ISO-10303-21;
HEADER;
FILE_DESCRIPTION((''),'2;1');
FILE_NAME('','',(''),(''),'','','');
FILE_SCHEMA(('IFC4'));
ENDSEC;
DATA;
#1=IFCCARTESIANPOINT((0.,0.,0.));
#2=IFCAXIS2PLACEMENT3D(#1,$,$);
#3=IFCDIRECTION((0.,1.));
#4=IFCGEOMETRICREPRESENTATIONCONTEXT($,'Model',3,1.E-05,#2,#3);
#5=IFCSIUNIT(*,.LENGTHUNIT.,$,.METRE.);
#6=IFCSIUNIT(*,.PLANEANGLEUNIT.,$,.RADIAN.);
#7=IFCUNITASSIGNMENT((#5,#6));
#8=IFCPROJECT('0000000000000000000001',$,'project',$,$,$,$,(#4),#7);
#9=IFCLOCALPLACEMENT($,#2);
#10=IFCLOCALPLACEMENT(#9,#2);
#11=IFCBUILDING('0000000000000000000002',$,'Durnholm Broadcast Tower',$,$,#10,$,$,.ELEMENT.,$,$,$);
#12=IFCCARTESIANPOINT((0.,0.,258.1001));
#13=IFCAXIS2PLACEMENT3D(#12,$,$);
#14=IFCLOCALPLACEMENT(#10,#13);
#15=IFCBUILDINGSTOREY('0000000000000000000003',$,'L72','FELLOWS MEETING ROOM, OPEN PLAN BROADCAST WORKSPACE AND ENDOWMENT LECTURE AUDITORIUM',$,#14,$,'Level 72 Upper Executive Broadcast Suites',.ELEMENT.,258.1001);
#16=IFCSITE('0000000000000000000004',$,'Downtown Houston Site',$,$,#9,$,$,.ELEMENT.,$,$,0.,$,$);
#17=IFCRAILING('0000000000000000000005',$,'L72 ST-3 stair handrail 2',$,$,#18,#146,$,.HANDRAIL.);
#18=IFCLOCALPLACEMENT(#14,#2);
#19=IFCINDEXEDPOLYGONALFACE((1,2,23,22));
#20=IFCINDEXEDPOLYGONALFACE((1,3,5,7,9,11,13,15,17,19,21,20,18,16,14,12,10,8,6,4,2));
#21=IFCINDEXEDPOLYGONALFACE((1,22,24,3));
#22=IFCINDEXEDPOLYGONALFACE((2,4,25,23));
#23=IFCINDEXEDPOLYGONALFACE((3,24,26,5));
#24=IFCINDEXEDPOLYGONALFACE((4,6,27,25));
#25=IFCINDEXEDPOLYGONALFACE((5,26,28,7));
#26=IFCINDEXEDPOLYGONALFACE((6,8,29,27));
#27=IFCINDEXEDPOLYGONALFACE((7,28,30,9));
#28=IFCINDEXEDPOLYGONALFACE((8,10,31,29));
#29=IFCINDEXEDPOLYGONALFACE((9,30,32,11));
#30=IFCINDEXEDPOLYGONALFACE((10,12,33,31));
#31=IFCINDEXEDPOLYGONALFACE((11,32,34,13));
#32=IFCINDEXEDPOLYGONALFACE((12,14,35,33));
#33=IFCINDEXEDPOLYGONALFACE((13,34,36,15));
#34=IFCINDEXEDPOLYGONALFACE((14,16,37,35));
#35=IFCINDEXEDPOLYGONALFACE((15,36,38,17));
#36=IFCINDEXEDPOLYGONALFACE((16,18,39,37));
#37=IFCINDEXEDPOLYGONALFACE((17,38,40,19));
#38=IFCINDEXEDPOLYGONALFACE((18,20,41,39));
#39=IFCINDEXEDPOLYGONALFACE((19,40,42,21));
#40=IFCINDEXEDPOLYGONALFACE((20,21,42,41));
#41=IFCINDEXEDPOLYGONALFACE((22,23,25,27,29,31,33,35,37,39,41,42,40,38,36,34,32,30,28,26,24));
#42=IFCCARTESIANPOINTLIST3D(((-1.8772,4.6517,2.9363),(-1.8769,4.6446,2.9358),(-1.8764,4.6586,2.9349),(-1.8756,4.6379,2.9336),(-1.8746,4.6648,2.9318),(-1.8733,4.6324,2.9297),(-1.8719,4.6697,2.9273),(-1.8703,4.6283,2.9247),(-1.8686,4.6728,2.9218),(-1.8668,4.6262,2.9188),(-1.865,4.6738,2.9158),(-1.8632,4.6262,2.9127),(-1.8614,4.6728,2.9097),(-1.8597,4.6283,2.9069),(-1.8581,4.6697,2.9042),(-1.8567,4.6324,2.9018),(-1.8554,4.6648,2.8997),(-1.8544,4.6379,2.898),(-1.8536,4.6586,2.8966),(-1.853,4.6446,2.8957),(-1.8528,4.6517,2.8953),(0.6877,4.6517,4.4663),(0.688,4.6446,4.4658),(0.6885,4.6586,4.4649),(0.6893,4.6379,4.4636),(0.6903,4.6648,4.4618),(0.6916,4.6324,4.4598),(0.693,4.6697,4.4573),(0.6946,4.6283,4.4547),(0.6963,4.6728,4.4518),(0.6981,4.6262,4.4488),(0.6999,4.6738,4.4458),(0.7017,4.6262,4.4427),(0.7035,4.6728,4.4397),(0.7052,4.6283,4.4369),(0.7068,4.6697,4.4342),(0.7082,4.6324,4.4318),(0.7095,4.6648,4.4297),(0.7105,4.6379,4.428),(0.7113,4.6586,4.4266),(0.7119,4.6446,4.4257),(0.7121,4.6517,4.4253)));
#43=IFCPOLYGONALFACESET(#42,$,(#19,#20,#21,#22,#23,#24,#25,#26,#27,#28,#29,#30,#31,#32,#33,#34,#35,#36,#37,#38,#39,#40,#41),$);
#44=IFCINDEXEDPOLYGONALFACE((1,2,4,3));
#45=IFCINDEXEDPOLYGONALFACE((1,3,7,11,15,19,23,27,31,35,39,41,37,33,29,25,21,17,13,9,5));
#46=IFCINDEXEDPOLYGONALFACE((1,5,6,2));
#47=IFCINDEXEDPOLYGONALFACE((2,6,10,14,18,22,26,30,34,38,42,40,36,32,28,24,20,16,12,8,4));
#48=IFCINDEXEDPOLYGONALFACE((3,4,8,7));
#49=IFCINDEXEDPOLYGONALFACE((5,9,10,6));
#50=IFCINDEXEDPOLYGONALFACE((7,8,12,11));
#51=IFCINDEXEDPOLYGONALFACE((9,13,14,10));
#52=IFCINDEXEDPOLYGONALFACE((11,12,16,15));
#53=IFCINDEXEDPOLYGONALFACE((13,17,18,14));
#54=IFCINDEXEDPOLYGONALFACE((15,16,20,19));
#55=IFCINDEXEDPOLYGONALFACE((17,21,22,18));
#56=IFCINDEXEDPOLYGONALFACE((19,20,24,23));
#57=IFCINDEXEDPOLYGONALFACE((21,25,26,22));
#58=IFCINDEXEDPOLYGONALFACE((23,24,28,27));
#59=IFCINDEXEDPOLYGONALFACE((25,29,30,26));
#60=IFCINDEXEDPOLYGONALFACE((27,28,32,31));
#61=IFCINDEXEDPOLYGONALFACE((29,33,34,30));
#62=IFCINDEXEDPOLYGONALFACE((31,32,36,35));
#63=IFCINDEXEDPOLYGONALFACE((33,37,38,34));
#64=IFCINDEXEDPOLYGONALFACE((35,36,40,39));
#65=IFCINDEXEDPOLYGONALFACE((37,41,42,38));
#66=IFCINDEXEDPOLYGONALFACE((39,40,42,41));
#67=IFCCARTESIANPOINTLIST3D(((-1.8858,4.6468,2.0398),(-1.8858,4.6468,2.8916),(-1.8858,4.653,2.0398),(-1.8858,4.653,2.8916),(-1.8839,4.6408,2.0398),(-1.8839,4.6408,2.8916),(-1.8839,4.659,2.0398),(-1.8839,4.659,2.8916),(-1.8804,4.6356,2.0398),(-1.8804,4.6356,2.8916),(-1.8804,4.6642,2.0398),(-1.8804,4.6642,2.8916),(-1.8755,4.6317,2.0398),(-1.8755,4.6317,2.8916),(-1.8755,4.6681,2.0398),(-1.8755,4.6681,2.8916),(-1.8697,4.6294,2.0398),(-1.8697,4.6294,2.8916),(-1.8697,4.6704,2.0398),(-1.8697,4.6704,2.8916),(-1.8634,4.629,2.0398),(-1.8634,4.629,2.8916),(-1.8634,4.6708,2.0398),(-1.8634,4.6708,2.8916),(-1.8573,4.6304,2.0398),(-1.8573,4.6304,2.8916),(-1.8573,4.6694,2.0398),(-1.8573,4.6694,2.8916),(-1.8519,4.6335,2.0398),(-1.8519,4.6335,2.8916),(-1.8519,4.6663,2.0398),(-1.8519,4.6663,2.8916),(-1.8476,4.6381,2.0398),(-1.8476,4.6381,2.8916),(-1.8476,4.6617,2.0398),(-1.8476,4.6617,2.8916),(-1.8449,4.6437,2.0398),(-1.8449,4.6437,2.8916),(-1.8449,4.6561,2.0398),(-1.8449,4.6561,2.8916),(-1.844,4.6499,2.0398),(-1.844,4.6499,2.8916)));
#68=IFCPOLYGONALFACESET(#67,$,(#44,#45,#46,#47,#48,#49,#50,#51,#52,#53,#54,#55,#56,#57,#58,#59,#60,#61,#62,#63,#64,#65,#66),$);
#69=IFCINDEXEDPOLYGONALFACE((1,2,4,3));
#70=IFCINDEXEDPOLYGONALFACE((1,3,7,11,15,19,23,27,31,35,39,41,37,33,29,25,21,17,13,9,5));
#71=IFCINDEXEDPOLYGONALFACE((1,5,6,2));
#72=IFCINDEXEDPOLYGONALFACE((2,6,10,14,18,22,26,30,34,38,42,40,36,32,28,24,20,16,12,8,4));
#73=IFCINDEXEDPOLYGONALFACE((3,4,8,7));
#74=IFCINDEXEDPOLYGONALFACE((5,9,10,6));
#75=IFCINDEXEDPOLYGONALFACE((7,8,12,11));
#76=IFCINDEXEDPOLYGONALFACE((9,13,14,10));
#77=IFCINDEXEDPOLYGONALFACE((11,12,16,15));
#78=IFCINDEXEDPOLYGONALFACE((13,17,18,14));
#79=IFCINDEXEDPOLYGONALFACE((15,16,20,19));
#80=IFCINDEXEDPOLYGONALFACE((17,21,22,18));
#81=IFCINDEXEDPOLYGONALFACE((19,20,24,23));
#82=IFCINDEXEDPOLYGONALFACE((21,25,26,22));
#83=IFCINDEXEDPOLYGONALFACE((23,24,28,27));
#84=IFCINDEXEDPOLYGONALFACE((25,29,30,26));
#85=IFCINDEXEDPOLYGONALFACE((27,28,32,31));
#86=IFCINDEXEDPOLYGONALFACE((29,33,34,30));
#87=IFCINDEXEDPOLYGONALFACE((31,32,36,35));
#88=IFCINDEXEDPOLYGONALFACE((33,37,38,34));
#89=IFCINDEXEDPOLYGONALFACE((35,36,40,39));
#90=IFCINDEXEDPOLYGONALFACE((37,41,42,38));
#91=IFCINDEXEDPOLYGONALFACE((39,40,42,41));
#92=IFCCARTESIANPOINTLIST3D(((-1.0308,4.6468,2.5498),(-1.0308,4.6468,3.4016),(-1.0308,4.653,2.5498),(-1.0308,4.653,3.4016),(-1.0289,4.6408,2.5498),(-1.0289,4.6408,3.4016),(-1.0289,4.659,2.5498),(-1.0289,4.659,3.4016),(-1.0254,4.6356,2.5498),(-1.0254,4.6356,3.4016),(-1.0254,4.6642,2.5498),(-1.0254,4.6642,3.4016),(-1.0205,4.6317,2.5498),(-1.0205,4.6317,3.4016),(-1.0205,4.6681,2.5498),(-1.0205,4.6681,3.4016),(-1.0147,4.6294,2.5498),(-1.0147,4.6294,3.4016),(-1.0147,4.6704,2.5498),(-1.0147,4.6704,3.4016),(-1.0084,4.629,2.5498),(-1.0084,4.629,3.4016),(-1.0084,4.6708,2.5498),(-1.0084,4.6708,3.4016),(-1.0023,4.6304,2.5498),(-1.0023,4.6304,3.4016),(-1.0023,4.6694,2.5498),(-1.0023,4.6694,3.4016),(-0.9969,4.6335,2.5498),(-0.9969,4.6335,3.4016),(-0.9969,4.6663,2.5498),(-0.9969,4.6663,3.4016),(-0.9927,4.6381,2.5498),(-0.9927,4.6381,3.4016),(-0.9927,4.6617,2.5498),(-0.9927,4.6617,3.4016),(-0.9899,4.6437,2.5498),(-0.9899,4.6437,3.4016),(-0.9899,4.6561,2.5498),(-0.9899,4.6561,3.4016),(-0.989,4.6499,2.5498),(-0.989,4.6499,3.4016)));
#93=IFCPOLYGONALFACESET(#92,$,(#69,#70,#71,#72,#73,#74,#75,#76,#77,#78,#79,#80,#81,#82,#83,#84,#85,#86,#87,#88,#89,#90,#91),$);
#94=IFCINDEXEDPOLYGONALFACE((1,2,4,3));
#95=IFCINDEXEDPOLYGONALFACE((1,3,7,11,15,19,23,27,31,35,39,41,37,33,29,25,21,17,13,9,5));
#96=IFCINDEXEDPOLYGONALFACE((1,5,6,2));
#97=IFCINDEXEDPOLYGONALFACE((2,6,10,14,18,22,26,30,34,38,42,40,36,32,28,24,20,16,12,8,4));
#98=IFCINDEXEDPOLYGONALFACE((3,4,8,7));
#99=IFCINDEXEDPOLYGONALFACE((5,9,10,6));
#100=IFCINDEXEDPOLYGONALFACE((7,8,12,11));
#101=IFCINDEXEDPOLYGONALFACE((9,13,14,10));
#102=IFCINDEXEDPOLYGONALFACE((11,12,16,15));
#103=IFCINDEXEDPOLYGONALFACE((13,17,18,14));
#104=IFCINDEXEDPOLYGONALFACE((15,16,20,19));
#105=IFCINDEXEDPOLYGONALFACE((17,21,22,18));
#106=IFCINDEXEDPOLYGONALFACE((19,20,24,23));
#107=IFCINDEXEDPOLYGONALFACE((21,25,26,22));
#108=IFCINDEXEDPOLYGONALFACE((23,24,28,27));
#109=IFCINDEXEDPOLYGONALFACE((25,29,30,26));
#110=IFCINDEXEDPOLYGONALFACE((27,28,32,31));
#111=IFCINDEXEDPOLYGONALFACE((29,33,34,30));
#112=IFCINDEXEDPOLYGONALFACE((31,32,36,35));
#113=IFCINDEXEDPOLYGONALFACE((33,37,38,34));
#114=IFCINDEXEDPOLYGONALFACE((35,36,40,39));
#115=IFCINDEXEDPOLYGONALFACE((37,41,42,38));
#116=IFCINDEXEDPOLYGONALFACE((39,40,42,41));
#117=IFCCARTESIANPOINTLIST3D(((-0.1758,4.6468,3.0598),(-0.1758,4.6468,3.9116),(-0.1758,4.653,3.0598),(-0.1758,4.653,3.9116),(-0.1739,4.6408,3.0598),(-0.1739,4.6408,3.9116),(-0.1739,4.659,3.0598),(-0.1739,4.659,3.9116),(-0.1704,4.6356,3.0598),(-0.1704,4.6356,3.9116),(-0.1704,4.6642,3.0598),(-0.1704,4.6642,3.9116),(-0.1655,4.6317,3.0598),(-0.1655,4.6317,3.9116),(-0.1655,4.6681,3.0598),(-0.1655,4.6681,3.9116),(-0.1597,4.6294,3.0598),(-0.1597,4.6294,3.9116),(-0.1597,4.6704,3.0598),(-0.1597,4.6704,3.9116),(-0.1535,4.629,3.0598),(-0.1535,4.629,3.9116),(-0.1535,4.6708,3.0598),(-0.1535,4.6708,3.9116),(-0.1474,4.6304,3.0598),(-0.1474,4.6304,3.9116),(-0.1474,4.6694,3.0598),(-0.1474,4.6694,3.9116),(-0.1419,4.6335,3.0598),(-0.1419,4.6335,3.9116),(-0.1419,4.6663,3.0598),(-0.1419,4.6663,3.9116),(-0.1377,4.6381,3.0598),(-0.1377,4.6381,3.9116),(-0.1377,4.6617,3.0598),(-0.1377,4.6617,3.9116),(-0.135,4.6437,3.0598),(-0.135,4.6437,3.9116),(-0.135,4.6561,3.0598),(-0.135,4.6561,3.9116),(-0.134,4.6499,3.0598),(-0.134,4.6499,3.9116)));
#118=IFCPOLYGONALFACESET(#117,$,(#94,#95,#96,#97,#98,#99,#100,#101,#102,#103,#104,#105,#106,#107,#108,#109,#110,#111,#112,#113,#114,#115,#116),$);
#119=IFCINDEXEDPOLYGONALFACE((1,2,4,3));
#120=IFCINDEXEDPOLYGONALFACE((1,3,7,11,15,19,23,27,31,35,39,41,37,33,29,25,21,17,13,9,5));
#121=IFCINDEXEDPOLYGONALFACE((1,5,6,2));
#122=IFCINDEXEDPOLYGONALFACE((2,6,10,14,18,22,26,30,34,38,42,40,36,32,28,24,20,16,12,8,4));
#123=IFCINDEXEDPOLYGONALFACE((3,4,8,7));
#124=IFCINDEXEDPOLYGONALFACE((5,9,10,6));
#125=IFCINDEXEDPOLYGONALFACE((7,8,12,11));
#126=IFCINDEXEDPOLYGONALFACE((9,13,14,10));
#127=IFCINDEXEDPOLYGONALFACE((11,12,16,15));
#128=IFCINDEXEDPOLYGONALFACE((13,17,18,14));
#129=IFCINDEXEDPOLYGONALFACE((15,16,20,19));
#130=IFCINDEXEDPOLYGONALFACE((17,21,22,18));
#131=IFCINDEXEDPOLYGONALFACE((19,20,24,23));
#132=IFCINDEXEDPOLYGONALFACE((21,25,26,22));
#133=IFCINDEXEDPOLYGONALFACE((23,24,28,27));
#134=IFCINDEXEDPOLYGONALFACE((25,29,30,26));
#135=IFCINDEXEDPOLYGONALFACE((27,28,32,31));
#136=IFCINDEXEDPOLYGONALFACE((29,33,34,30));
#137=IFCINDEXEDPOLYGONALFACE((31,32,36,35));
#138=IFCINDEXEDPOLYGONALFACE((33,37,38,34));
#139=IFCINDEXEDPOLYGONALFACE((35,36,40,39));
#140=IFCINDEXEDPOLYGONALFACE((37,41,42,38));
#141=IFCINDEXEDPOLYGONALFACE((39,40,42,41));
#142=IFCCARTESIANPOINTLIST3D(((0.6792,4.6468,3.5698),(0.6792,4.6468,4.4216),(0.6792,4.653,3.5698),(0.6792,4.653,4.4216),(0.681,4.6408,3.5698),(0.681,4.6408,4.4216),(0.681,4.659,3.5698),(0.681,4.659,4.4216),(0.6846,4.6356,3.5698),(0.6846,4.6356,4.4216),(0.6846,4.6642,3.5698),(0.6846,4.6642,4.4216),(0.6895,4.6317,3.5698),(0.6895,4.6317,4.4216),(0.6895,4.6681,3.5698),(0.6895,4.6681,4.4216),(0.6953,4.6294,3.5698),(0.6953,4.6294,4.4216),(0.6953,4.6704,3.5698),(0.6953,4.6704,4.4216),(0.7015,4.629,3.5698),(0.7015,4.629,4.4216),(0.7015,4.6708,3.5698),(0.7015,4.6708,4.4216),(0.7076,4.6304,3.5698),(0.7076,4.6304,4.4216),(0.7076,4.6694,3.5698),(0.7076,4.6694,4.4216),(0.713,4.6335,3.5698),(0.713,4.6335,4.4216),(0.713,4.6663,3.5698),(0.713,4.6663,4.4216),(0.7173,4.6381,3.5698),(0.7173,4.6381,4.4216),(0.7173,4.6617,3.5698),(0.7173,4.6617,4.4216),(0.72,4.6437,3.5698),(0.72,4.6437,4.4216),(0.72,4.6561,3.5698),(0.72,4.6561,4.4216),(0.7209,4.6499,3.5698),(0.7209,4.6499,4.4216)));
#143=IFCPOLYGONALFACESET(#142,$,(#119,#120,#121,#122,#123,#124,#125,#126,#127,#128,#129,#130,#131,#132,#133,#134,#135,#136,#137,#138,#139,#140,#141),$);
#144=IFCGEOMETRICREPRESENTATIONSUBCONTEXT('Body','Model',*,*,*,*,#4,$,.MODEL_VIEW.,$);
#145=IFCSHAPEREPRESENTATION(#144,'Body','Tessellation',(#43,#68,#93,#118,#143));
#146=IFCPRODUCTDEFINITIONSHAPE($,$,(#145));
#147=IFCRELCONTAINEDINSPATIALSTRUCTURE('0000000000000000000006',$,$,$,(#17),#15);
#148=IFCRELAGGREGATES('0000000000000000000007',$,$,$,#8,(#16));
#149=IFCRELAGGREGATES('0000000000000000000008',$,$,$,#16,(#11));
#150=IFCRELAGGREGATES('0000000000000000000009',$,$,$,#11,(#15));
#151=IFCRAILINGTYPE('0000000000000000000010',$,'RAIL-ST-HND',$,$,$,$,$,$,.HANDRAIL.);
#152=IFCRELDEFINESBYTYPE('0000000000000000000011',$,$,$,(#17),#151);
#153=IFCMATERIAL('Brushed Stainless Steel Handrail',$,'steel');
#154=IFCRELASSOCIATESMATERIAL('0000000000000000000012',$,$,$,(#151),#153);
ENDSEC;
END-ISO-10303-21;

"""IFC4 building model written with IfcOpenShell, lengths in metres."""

from ifc_helpers import new_model, si_unit, direction, frame, origin, origin_2d, place, context, subcontext, project, spatial, circle, extrude, material, type_object, element, save


model = new_model("IFC4")

# Units and contexts
model_context = context("Model", 3, precision=1e-05, world=origin(), true_north=direction((0.0, 1.0)))
body_context = subcontext(model_context, "Body", "Model", "MODEL_VIEW")
ifc_project = project(units=[si_unit("LENGTHUNIT", "METRE"), si_unit("PLANEANGLEUNIT", "RADIAN")], contexts=[model_context])

# Site, building, storey
site_placement = place(None, origin())
site = spatial("IfcSite", under=ifc_project, at=site_placement, Name="Downtown Houston Site", CompositionType="ELEMENT", RefElevation=0.0)
building_placement = place(site_placement, origin())
building = spatial("IfcBuilding", under=site, at=building_placement, Name="Durnholm Broadcast Tower", CompositionType="ELEMENT")
storey_placement = place(building_placement, frame((0.0, 0.0, 258.1001)))
storey = spatial("IfcBuildingStorey", under=building, at=storey_placement, Name="L72", Description="FELLOWS MEETING ROOM, OPEN PLAN BROADCAST WORKSPACE AND ENDOWMENT LECTURE AUDITORIUM", LongName="Level 72 Upper Executive Broadcast Suites", CompositionType="ELEMENT", Elevation=258.1001)

# Railing
ifc_material_1 = material(Name="Brushed Stainless Steel Handrail", Category="steel")
railing_type_1 = type_object("IfcRailingType", Name="RAIL-ST-HND", PredefinedType="HANDRAIL", material=ifc_material_1)
railing_1_placement = place(storey_placement, frame((-1.865, 4.6499, 2.0398)))
element("IfcRailing", 1, at=railing_1_placement, inside=storey, type_object=railing_type_1, Name="L72 ST-3 stair handrail 2", PredefinedType="HANDRAIL", context=body_context, shape_type="SweptSolid", body=[
    extrude(circle(Radius=0.0239, at=origin_2d()), frame((0.0, 0.0, 0.876), z_axis=(0.85881, 0.0, 0.512294), x_axis=(0.0, 1.0, 0.0)), (0.0, 0.0, 1.0), 2.9866),
    extrude(circle(Radius=0.021, at=origin_2d()), origin(), (0.0, 0.0, 1.0), 0.8518),
    extrude(circle(Radius=0.021, at=origin_2d()), frame((0.855, 0.0, 0.51)), (0.0, 0.0, 1.0), 0.8518),
    extrude(circle(Radius=0.021, at=origin_2d()), frame((1.71, 0.0, 1.02)), (0.0, 0.0, 1.0), 0.8518),
    extrude(circle(Radius=0.021, at=origin_2d()), frame((2.5649, 0.0, 1.53)), (0.0, 0.0, 1.0), 0.8518),
])

save(model, "model.ifc")
